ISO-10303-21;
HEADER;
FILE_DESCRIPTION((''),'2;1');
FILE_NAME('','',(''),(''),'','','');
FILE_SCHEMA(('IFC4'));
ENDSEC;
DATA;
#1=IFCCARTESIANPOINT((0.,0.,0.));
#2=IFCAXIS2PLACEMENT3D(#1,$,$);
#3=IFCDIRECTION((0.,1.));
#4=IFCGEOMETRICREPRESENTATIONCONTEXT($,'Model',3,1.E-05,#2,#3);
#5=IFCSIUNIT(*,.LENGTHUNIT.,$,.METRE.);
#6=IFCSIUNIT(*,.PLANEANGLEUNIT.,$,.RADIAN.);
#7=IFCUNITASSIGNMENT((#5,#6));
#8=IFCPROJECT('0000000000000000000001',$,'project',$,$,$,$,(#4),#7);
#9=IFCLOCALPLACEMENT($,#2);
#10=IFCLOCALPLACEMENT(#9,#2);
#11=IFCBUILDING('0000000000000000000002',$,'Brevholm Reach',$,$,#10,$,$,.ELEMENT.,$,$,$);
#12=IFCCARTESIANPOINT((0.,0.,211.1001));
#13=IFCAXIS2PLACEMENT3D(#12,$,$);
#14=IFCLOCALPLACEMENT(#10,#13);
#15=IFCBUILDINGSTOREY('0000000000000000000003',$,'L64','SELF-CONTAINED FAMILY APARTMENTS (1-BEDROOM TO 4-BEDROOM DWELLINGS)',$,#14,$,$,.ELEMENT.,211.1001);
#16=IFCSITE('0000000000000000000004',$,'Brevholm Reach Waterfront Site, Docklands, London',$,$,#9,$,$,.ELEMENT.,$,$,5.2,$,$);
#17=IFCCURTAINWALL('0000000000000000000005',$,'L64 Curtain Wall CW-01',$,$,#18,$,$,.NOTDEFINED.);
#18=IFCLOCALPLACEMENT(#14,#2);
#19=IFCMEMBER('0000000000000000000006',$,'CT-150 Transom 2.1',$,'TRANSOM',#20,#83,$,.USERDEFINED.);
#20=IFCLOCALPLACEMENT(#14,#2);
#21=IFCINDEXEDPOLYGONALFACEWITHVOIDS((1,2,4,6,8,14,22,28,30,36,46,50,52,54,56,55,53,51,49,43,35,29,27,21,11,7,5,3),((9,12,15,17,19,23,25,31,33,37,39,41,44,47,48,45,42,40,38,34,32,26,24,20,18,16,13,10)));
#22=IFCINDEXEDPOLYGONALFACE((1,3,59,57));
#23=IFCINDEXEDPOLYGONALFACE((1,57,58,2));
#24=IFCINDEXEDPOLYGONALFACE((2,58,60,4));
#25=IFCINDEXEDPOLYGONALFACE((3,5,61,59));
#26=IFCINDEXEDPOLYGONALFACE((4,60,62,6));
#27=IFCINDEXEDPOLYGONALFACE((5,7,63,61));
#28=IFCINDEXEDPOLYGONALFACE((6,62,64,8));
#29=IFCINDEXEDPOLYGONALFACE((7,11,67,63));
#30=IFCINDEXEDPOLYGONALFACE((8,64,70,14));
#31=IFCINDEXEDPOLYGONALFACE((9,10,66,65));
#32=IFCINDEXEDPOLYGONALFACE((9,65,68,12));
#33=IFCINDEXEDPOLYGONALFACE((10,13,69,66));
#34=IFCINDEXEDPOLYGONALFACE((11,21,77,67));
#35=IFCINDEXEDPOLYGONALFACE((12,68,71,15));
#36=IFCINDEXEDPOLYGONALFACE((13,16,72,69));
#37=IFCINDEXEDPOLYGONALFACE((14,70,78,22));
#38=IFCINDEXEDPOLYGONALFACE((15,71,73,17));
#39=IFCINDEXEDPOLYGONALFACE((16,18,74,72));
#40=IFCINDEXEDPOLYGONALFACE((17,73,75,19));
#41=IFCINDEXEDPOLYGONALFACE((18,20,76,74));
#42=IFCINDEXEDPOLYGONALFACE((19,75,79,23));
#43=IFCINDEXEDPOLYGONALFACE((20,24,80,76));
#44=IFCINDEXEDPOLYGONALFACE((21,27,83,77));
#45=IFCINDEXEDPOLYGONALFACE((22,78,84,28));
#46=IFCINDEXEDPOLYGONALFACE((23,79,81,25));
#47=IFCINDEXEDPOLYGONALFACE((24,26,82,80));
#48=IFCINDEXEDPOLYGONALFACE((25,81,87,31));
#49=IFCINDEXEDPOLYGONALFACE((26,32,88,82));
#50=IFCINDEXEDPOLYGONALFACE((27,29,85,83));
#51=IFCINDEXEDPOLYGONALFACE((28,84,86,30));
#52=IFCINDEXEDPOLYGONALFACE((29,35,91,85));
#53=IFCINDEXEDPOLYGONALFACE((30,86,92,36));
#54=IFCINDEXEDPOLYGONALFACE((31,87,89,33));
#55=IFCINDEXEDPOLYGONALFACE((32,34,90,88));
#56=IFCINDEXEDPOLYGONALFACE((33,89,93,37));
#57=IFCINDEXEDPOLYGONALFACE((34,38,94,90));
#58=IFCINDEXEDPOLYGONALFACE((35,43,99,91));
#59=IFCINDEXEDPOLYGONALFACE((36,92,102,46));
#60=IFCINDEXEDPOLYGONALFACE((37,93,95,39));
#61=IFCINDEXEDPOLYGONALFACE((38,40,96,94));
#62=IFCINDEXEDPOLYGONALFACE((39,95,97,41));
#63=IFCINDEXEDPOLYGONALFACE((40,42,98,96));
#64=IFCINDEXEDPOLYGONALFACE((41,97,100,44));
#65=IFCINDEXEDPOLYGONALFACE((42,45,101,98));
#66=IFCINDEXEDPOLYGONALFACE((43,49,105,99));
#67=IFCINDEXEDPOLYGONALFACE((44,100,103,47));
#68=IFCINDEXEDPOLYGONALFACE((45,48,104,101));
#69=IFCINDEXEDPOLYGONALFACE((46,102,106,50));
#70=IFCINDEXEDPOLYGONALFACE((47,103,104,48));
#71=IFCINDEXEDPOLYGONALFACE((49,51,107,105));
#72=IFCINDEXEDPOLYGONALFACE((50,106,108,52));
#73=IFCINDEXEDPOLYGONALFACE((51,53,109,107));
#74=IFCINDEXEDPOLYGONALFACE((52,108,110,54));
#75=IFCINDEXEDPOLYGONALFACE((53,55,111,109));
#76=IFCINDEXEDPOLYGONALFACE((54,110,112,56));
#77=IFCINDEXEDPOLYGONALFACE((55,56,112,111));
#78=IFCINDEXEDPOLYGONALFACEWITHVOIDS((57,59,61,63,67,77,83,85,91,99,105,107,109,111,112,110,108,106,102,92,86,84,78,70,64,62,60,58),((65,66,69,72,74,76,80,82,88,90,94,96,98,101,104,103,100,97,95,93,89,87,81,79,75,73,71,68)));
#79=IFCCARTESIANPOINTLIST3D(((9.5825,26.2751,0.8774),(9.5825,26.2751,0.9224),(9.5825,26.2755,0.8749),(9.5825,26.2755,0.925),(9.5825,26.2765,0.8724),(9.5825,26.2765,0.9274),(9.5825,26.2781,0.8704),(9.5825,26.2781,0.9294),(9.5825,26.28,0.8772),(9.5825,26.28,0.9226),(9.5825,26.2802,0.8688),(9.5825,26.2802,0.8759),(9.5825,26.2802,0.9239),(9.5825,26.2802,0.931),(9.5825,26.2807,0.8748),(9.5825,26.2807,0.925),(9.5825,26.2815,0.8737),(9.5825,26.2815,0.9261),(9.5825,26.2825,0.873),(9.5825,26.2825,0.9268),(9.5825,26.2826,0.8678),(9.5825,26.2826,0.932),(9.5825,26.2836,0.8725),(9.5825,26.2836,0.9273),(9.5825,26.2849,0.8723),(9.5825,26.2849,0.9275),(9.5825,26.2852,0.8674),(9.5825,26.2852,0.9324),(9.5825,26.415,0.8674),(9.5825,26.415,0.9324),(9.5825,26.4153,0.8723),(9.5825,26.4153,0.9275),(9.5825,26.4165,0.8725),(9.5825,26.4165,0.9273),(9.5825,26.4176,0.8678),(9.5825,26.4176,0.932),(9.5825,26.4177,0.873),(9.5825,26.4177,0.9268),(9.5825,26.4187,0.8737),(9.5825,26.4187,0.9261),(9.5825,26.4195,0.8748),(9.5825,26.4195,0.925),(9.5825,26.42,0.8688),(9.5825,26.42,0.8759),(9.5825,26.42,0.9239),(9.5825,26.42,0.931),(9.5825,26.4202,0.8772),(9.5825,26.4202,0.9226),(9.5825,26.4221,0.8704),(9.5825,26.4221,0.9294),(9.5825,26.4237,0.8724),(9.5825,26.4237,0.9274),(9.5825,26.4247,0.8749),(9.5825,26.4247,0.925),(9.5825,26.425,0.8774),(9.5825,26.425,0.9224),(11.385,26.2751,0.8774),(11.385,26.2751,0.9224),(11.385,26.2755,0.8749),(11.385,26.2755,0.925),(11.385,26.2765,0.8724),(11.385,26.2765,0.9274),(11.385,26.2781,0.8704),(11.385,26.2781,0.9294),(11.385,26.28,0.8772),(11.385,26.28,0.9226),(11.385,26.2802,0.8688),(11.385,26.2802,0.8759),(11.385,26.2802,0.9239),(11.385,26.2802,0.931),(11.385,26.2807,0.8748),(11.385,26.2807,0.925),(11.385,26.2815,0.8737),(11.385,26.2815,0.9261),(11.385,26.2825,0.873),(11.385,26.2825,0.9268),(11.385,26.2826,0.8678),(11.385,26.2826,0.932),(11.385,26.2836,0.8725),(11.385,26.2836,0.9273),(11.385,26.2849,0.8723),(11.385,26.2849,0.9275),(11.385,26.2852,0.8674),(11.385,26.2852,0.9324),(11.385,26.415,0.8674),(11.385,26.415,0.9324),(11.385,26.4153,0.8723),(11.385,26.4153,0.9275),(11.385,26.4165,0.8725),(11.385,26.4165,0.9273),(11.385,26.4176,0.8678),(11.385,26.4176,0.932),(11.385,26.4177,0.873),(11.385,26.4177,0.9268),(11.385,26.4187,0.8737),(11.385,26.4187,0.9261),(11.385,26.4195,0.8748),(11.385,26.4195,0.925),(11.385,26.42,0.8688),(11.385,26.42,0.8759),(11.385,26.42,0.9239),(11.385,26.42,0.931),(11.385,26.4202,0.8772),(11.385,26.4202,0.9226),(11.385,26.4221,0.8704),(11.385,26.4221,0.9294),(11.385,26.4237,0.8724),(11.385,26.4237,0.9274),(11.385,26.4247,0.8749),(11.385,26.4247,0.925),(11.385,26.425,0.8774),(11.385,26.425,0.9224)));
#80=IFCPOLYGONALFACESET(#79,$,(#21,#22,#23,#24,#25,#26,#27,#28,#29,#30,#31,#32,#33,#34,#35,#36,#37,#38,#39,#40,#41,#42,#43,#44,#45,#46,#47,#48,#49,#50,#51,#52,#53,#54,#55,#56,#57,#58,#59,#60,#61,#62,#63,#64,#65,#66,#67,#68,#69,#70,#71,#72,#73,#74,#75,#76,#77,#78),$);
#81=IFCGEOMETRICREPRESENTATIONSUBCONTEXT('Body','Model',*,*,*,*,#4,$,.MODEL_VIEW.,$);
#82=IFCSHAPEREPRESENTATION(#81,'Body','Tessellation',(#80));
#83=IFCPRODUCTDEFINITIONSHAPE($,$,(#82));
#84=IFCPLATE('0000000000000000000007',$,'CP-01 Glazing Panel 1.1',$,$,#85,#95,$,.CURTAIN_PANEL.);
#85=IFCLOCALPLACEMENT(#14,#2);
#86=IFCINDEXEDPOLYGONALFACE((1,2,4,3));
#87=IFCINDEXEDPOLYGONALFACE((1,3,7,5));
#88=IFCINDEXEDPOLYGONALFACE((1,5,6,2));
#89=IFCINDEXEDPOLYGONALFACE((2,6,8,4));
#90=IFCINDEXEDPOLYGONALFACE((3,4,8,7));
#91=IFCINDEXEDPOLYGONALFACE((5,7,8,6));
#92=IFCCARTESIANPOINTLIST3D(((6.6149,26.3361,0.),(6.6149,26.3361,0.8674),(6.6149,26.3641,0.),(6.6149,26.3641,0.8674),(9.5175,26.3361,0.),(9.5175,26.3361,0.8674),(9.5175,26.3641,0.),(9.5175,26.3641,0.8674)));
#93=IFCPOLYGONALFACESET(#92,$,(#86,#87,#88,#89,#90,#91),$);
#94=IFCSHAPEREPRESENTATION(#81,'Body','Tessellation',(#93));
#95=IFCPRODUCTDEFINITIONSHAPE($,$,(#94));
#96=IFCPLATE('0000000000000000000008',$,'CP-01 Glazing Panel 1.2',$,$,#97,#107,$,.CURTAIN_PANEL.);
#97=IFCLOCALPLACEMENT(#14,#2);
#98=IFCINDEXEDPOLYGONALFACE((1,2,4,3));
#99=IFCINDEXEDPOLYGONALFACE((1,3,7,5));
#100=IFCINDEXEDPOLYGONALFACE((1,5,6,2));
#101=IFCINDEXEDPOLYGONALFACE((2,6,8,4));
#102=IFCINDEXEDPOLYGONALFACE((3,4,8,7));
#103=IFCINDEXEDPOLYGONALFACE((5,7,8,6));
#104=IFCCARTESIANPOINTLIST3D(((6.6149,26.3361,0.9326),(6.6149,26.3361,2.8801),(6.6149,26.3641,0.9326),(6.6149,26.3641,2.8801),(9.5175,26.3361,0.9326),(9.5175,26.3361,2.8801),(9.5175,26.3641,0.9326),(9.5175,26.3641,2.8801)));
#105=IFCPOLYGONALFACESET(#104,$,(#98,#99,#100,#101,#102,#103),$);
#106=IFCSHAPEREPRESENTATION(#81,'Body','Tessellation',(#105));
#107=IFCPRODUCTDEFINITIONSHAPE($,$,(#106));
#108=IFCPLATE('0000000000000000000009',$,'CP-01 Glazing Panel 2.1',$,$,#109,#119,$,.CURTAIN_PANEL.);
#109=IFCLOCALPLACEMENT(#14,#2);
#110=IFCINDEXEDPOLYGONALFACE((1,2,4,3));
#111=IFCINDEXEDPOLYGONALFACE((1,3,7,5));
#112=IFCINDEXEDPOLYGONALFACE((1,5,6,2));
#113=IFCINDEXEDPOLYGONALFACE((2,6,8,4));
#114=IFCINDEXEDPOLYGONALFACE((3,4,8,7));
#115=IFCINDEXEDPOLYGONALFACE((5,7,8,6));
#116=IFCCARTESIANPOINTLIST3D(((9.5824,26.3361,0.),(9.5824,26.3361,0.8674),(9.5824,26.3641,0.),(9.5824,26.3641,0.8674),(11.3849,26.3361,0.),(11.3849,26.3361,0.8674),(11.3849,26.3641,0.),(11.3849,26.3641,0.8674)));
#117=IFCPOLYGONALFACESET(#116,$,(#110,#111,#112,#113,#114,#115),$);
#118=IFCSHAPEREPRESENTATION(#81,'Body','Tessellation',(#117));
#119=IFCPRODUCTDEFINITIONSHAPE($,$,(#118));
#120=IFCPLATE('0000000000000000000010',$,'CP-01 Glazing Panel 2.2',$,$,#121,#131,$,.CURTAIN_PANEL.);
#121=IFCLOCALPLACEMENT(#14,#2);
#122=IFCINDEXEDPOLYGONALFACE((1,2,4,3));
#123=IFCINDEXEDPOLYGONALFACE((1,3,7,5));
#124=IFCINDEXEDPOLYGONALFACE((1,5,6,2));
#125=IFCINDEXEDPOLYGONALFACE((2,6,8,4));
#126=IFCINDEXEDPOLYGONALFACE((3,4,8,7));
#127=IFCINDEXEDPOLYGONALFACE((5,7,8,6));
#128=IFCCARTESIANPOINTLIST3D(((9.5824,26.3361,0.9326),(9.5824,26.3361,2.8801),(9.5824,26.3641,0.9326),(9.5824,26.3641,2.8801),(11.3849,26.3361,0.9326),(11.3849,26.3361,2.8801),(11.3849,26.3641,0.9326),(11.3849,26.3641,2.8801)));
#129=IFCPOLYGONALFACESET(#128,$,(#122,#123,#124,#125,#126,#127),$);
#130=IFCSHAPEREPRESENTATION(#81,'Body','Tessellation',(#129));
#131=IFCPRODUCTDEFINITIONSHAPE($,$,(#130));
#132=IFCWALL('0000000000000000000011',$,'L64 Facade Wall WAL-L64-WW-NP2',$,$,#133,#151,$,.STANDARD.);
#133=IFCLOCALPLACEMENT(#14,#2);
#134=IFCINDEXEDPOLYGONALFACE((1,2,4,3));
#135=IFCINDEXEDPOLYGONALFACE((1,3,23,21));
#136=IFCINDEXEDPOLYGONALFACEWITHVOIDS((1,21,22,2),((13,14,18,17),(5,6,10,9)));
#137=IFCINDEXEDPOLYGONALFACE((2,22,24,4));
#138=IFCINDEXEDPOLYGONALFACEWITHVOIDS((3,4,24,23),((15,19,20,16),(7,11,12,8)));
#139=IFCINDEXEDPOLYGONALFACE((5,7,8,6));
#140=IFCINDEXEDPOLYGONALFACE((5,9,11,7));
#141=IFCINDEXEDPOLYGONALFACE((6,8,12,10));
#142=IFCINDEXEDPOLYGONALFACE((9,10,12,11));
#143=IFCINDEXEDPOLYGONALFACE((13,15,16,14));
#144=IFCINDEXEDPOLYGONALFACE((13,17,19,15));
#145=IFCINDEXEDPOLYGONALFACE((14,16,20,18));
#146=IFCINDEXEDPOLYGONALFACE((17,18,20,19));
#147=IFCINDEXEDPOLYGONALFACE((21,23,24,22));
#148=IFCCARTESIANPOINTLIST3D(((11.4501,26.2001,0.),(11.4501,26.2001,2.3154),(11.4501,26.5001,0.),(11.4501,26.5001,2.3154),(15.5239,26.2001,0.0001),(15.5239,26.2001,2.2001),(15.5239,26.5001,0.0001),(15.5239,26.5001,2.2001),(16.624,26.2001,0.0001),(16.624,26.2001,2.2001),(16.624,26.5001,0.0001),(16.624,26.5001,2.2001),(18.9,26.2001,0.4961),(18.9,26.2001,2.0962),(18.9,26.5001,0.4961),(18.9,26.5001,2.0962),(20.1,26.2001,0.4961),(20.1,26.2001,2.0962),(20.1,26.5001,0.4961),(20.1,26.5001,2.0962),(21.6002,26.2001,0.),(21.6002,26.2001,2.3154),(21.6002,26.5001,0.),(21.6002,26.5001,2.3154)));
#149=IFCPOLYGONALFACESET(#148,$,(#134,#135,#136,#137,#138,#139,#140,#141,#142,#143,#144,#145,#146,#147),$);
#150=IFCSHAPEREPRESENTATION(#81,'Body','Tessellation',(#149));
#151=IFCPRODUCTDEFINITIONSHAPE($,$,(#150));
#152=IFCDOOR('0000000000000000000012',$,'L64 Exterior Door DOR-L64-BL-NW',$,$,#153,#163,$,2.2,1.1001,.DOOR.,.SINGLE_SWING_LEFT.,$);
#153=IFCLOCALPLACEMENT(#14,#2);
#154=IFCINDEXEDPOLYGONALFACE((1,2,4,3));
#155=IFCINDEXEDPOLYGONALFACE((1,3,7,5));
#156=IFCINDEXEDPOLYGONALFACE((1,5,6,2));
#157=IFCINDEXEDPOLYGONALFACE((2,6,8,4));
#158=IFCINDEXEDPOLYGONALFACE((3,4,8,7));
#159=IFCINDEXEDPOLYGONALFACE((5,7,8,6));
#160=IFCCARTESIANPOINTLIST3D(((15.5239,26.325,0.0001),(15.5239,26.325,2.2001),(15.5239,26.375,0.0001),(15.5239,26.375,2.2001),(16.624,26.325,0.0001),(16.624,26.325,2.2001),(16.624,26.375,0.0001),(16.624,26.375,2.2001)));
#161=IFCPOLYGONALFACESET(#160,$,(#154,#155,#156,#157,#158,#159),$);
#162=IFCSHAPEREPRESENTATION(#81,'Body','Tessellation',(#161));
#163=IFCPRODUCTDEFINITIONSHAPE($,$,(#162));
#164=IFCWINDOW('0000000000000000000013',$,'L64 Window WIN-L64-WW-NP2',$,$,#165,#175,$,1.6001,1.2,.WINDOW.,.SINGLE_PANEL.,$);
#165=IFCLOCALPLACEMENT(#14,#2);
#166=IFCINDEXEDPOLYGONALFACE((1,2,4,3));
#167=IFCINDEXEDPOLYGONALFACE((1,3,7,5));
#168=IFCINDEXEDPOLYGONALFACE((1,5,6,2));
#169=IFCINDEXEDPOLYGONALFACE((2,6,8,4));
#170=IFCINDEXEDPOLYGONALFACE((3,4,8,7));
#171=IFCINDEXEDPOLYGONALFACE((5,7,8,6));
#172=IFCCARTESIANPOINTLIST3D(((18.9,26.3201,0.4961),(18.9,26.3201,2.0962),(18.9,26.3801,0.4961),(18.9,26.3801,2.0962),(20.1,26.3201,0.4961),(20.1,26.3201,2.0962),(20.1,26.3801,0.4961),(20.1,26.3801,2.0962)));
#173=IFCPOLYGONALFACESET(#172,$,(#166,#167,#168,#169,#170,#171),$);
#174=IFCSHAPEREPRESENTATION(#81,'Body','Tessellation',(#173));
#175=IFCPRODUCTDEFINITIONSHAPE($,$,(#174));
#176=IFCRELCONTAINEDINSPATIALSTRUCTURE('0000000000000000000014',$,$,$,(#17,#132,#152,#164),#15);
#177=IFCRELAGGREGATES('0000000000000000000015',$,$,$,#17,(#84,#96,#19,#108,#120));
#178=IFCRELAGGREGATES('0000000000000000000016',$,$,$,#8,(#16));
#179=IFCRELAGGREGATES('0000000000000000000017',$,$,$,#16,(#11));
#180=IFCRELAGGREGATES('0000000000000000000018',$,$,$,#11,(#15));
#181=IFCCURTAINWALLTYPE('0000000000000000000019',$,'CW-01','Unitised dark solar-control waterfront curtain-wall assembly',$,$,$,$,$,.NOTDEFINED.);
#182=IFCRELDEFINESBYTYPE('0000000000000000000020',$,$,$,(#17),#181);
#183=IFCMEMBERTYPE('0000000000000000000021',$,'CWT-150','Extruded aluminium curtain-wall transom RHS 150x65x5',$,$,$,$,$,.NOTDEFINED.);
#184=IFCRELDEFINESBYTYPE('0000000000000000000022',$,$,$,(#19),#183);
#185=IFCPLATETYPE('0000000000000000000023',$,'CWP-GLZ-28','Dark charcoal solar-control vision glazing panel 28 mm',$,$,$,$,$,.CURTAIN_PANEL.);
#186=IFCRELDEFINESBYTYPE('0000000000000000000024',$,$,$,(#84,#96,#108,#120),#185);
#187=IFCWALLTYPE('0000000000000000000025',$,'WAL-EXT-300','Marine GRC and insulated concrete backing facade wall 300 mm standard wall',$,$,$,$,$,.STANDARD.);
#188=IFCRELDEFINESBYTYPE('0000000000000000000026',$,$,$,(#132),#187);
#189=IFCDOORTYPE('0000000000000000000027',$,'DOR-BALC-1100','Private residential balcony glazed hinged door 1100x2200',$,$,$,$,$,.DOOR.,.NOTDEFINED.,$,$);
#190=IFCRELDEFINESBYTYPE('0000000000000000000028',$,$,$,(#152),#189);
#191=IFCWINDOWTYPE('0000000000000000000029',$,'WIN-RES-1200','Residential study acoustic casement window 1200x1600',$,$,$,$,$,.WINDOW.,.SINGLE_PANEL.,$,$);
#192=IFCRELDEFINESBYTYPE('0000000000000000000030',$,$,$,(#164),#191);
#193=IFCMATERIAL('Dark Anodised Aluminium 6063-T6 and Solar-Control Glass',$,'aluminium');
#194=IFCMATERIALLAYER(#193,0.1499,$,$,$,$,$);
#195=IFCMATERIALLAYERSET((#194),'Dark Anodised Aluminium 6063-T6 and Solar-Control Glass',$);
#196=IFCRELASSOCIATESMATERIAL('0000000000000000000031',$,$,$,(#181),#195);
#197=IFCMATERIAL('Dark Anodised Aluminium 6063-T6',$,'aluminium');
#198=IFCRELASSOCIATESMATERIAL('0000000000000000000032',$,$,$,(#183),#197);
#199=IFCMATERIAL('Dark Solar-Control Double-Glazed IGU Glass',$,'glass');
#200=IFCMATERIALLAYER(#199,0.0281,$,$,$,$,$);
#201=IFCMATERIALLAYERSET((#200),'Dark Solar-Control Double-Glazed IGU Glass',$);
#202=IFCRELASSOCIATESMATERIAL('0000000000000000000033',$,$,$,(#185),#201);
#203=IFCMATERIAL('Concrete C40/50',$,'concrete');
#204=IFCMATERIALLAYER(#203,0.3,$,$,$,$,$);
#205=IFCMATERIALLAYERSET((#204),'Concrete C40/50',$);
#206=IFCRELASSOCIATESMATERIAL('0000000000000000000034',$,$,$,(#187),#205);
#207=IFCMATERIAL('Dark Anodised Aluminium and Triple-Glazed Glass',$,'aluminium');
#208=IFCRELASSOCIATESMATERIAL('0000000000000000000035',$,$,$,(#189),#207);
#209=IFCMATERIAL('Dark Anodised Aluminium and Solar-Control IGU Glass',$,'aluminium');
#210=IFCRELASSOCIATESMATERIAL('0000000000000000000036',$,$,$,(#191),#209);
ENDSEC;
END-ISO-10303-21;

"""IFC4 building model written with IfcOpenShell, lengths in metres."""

from ifc_helpers import new_model, si_unit, direction, frame, frame_2d, origin, origin_2d, place, context, subcontext, project, spatial, rectangle, hollow_rectangle, extrude, material, layer, layer_set, material_profile, profile_set, type_object, element, fill, aggregate, save


model = new_model("IFC4")

# Units and contexts
model_context = context("Model", 3, precision=1e-05, world=origin(), true_north=direction((0.0, 1.0)))
body_context = subcontext(model_context, "Body", "Model", "MODEL_VIEW")
ifc_project = project(units=[si_unit("LENGTHUNIT", "METRE"), si_unit("PLANEANGLEUNIT", "RADIAN")], contexts=[model_context])

# Site, building, storey
site_placement = place(None, origin())
site = spatial("IfcSite", under=ifc_project, at=site_placement, Name="Brevholm Reach Waterfront Site, Docklands, London", CompositionType="ELEMENT", RefElevation=5.2)
building_placement = place(site_placement, origin())
building = spatial("IfcBuilding", under=site, at=building_placement, Name="Brevholm Reach", CompositionType="ELEMENT")
storey_placement = place(building_placement, frame((0.0, 0.0, 211.1001)))
storey = spatial("IfcBuildingStorey", under=building, at=storey_placement, Name="L64", Description="SELF-CONTAINED FAMILY APARTMENTS (1-BEDROOM TO 4-BEDROOM DWELLINGS)", CompositionType="ELEMENT", Elevation=211.1001)

# Curtain wall, member, plates
ifc_material_1 = material(Name="Dark Anodised Aluminium 6063-T6 and Solar-Control Glass", Category="aluminium")
ifc_layer_1 = layer(ifc_material_1, 0.1499)
ifc_layer_set_1 = layer_set([ifc_layer_1], Name="Dark Anodised Aluminium 6063-T6 and Solar-Control Glass")
curtain_wall_type = type_object("IfcCurtainWallType", Name="CW-01", Description="Unitised dark solar-control waterfront curtain-wall assembly", PredefinedType="NOTDEFINED", material=ifc_layer_set_1)
curtain_wall_placement = place(storey_placement, origin())
curtain_wall = element("IfcCurtainWall", 1, at=curtain_wall_placement, inside=storey, type_object=curtain_wall_type, Name="L64 Curtain Wall CW-01", PredefinedType="NOTDEFINED")
ifc_material_2 = material(Name="Dark Anodised Aluminium 6063-T6", Category="aluminium")
ifc_material_profile_1 = material_profile(ifc_material_2, hollow_rectangle(XDim=0.0649, YDim=0.1499, WallThickness=0.0049, InnerFilletRadius=0.0049, OuterFilletRadius=0.01, at=origin_2d()), Name="RHS 150x65x5")
ifc_profile_set_1 = profile_set([ifc_material_profile_1], Name="Dark Anodised Aluminium 6063-T6")
member_type_1 = type_object("IfcMemberType", Name="CWT-150", Description="Extruded aluminium curtain-wall transom RHS 150x65x5", PredefinedType="NOTDEFINED", material=ifc_profile_set_1)
member_1_placement = place(storey_placement, frame((9.5825, 26.3501, 0.8999), z_axis=(1.0, 0.0, 0.0), x_axis=(0.0, 0.0, 1.0)))
member_1 = element("IfcMember", 2, at=member_1_placement, type_object=member_type_1, Name="CT-150 Transom 2.1", ObjectType="TRANSOM", PredefinedType="USERDEFINED", context=body_context, shape_type="SweptSolid", body=[
    extrude(hollow_rectangle(XDim=0.0649, YDim=0.1499, WallThickness=0.0049, InnerFilletRadius=0.0049, OuterFilletRadius=0.01, at=origin_2d()), origin(), (0.0, 0.0, 1.0), 1.8025),
])
ifc_material_3 = material(Name="Dark Solar-Control Double-Glazed IGU Glass", Category="glass")
ifc_layer_2 = layer(ifc_material_3, 0.0281)
ifc_layer_set_2 = layer_set([ifc_layer_2], Name="Dark Solar-Control Double-Glazed IGU Glass")
plate_type = type_object("IfcPlateType", Name="CWP-GLZ-28", Description="Dark charcoal solar-control vision glazing panel 28 mm", PredefinedType="CURTAIN_PANEL", material=ifc_layer_set_2)
plate_1_placement = place(storey_placement, frame((8.0662, 26.3501, 0.0), z_axis=(0.0, 0.0, 1.0), x_axis=(1.0, 0.0, 0.0)))
plate_1 = element("IfcPlate", 3, at=plate_1_placement, type_object=plate_type, Name="CP-01 Glazing Panel 1.1", PredefinedType="CURTAIN_PANEL", context=body_context, shape_type="SweptSolid", body=[
    extrude(rectangle(XDim=2.9026, YDim=0.0281, at=origin_2d()), origin(), (0.0, 0.0, 1.0), 0.8674),
])
plate_2_placement = place(storey_placement, frame((8.0662, 26.3501, 0.9326), z_axis=(0.0, 0.0, 1.0), x_axis=(1.0, 0.0, 0.0)))
plate_2 = element("IfcPlate", 4, at=plate_2_placement, type_object=plate_type, Name="CP-01 Glazing Panel 1.2", PredefinedType="CURTAIN_PANEL", context=body_context, shape_type="SweptSolid", body=[
    extrude(rectangle(XDim=2.9026, YDim=0.0281, at=origin_2d()), origin(), (0.0, 0.0, 1.0), 1.9475),
])
plate_3_placement = place(storey_placement, frame((10.4836, 26.3501, 0.0), z_axis=(0.0, 0.0, 1.0), x_axis=(1.0, 0.0, 0.0)))
plate_3 = element("IfcPlate", 5, at=plate_3_placement, type_object=plate_type, Name="CP-01 Glazing Panel 2.1", PredefinedType="CURTAIN_PANEL", context=body_context, shape_type="SweptSolid", body=[
    extrude(rectangle(XDim=1.8025, YDim=0.0281, at=origin_2d()), origin(), (0.0, 0.0, 1.0), 0.8674),
])
plate_4_placement = place(storey_placement, frame((10.4836, 26.3501, 0.9326), z_axis=(0.0, 0.0, 1.0), x_axis=(1.0, 0.0, 0.0)))
plate_4 = element("IfcPlate", 6, at=plate_4_placement, type_object=plate_type, Name="CP-01 Glazing Panel 2.2", PredefinedType="CURTAIN_PANEL", context=body_context, shape_type="SweptSolid", body=[
    extrude(rectangle(XDim=1.8025, YDim=0.0281, at=origin_2d()), origin(), (0.0, 0.0, 1.0), 1.9475),
])
aggregate(curtain_wall, [plate_1, plate_2, member_1, plate_3, plate_4])

# Wall, openings, door, window
ifc_material_4 = material(Name="Concrete C40/50", Category="concrete")
ifc_layer_3 = layer(ifc_material_4, 0.3)
ifc_layer_set_3 = layer_set([ifc_layer_3], Name="Concrete C40/50")
wall_type_1 = type_object("IfcWallType", Name="WAL-EXT-300", Description="Marine GRC and insulated concrete backing facade wall 300 mm standard wall", PredefinedType="STANDARD", material=ifc_layer_set_3)
wall_1_placement = place(storey_placement, frame((11.45, 26.3501, 0.0), z_axis=(0.0, 0.0, 1.0), x_axis=(1.0, 0.0, 0.0)))
wall_1 = element("IfcWall", 7, at=wall_1_placement, inside=storey, type_object=wall_type_1, Name="L64 Facade Wall WAL-L64-WW-NP2", PredefinedType="STANDARD", context=body_context, shape_type="SweptSolid", body=[
    extrude(rectangle(XDim=10.1501, YDim=0.3, at=frame_2d((5.0752, 0.0))), origin(), (0.0, 0.0, 1.0), 2.3154),
])
opening_1_placement = place(wall_1_placement, frame((4.074, 0.0, 0.0)))
opening_1 = element("IfcOpeningElement", 8, at=opening_1_placement, cuts=wall_1, PredefinedType="OPENING", context=body_context, shape_type="SweptSolid", body=[
    extrude(rectangle(XDim=1.1001, YDim=2.2, at=frame_2d((0.55, 1.1001))), frame((0.0, 0.1599, 0.0), z_axis=(0.0, -1.0, 0.0), x_axis=(1.0, 0.0, 0.0)), (0.0, 0.0, 1.0), 0.3201),
])
opening_2_placement = place(wall_1_placement, frame((7.45, 0.0, 0.4961)))
opening_2 = element("IfcOpeningElement", 9, at=opening_2_placement, cuts=wall_1, PredefinedType="OPENING", context=body_context, shape_type="SweptSolid", body=[
    extrude(rectangle(XDim=1.2, YDim=1.6001, at=frame_2d((0.6001, 0.8))), frame((0.0, 0.1599, 0.0), z_axis=(0.0, -1.0, 0.0), x_axis=(1.0, 0.0, 0.0)), (0.0, 0.0, 1.0), 0.3201),
])
ifc_material_5 = material(Name="Dark Anodised Aluminium and Triple-Glazed Glass", Category="aluminium")
door_type_1 = type_object("IfcDoorType", Name="DOR-BALC-1100", Description="Private residential balcony glazed hinged door 1100x2200", OperationType="NOTDEFINED", PredefinedType="DOOR", material=ifc_material_5)
door_1_placement = place(opening_1_placement, origin())
door_1 = element("IfcDoor", 10, at=door_1_placement, inside=storey, type_object=door_type_1, Name="L64 Exterior Door DOR-L64-BL-NW", OperationType="SINGLE_SWING_LEFT", OverallHeight=2.2, OverallWidth=1.1001, PredefinedType="DOOR", context=body_context, shape_type="SweptSolid", body=[
    extrude(rectangle(XDim=1.1001, YDim=2.2, at=frame_2d((0.55, 1.1001))), frame((0.0, 0.0249, 0.0), z_axis=(0.0, -1.0, 0.0), x_axis=(1.0, 0.0, 0.0)), (0.0, 0.0, 1.0), 0.05),
])
fill(opening_1, door_1)
ifc_material_6 = material(Name="Dark Anodised Aluminium and Solar-Control IGU Glass", Category="aluminium")
window_type = type_object("IfcWindowType", Name="WIN-RES-1200", Description="Residential study acoustic casement window 1200x1600", PartitioningType="SINGLE_PANEL", PredefinedType="WINDOW", material=ifc_material_6)
window_placement = place(opening_2_placement, origin())
window = element("IfcWindow", 11, at=window_placement, inside=storey, type_object=window_type, Name="L64 Window WIN-L64-WW-NP2", OverallHeight=1.6001, OverallWidth=1.2, PartitioningType="SINGLE_PANEL", PredefinedType="WINDOW", context=body_context, shape_type="SweptSolid", body=[
    extrude(rectangle(XDim=1.2, YDim=1.6001, at=frame_2d((0.6001, 0.8))), frame((0.0, 0.03, 0.0), z_axis=(0.0, -1.0, 0.0), x_axis=(1.0, 0.0, 0.0)), (0.0, 0.0, 1.0), 0.0601),
])
fill(opening_2, window)

save(model, "model.ifc")
